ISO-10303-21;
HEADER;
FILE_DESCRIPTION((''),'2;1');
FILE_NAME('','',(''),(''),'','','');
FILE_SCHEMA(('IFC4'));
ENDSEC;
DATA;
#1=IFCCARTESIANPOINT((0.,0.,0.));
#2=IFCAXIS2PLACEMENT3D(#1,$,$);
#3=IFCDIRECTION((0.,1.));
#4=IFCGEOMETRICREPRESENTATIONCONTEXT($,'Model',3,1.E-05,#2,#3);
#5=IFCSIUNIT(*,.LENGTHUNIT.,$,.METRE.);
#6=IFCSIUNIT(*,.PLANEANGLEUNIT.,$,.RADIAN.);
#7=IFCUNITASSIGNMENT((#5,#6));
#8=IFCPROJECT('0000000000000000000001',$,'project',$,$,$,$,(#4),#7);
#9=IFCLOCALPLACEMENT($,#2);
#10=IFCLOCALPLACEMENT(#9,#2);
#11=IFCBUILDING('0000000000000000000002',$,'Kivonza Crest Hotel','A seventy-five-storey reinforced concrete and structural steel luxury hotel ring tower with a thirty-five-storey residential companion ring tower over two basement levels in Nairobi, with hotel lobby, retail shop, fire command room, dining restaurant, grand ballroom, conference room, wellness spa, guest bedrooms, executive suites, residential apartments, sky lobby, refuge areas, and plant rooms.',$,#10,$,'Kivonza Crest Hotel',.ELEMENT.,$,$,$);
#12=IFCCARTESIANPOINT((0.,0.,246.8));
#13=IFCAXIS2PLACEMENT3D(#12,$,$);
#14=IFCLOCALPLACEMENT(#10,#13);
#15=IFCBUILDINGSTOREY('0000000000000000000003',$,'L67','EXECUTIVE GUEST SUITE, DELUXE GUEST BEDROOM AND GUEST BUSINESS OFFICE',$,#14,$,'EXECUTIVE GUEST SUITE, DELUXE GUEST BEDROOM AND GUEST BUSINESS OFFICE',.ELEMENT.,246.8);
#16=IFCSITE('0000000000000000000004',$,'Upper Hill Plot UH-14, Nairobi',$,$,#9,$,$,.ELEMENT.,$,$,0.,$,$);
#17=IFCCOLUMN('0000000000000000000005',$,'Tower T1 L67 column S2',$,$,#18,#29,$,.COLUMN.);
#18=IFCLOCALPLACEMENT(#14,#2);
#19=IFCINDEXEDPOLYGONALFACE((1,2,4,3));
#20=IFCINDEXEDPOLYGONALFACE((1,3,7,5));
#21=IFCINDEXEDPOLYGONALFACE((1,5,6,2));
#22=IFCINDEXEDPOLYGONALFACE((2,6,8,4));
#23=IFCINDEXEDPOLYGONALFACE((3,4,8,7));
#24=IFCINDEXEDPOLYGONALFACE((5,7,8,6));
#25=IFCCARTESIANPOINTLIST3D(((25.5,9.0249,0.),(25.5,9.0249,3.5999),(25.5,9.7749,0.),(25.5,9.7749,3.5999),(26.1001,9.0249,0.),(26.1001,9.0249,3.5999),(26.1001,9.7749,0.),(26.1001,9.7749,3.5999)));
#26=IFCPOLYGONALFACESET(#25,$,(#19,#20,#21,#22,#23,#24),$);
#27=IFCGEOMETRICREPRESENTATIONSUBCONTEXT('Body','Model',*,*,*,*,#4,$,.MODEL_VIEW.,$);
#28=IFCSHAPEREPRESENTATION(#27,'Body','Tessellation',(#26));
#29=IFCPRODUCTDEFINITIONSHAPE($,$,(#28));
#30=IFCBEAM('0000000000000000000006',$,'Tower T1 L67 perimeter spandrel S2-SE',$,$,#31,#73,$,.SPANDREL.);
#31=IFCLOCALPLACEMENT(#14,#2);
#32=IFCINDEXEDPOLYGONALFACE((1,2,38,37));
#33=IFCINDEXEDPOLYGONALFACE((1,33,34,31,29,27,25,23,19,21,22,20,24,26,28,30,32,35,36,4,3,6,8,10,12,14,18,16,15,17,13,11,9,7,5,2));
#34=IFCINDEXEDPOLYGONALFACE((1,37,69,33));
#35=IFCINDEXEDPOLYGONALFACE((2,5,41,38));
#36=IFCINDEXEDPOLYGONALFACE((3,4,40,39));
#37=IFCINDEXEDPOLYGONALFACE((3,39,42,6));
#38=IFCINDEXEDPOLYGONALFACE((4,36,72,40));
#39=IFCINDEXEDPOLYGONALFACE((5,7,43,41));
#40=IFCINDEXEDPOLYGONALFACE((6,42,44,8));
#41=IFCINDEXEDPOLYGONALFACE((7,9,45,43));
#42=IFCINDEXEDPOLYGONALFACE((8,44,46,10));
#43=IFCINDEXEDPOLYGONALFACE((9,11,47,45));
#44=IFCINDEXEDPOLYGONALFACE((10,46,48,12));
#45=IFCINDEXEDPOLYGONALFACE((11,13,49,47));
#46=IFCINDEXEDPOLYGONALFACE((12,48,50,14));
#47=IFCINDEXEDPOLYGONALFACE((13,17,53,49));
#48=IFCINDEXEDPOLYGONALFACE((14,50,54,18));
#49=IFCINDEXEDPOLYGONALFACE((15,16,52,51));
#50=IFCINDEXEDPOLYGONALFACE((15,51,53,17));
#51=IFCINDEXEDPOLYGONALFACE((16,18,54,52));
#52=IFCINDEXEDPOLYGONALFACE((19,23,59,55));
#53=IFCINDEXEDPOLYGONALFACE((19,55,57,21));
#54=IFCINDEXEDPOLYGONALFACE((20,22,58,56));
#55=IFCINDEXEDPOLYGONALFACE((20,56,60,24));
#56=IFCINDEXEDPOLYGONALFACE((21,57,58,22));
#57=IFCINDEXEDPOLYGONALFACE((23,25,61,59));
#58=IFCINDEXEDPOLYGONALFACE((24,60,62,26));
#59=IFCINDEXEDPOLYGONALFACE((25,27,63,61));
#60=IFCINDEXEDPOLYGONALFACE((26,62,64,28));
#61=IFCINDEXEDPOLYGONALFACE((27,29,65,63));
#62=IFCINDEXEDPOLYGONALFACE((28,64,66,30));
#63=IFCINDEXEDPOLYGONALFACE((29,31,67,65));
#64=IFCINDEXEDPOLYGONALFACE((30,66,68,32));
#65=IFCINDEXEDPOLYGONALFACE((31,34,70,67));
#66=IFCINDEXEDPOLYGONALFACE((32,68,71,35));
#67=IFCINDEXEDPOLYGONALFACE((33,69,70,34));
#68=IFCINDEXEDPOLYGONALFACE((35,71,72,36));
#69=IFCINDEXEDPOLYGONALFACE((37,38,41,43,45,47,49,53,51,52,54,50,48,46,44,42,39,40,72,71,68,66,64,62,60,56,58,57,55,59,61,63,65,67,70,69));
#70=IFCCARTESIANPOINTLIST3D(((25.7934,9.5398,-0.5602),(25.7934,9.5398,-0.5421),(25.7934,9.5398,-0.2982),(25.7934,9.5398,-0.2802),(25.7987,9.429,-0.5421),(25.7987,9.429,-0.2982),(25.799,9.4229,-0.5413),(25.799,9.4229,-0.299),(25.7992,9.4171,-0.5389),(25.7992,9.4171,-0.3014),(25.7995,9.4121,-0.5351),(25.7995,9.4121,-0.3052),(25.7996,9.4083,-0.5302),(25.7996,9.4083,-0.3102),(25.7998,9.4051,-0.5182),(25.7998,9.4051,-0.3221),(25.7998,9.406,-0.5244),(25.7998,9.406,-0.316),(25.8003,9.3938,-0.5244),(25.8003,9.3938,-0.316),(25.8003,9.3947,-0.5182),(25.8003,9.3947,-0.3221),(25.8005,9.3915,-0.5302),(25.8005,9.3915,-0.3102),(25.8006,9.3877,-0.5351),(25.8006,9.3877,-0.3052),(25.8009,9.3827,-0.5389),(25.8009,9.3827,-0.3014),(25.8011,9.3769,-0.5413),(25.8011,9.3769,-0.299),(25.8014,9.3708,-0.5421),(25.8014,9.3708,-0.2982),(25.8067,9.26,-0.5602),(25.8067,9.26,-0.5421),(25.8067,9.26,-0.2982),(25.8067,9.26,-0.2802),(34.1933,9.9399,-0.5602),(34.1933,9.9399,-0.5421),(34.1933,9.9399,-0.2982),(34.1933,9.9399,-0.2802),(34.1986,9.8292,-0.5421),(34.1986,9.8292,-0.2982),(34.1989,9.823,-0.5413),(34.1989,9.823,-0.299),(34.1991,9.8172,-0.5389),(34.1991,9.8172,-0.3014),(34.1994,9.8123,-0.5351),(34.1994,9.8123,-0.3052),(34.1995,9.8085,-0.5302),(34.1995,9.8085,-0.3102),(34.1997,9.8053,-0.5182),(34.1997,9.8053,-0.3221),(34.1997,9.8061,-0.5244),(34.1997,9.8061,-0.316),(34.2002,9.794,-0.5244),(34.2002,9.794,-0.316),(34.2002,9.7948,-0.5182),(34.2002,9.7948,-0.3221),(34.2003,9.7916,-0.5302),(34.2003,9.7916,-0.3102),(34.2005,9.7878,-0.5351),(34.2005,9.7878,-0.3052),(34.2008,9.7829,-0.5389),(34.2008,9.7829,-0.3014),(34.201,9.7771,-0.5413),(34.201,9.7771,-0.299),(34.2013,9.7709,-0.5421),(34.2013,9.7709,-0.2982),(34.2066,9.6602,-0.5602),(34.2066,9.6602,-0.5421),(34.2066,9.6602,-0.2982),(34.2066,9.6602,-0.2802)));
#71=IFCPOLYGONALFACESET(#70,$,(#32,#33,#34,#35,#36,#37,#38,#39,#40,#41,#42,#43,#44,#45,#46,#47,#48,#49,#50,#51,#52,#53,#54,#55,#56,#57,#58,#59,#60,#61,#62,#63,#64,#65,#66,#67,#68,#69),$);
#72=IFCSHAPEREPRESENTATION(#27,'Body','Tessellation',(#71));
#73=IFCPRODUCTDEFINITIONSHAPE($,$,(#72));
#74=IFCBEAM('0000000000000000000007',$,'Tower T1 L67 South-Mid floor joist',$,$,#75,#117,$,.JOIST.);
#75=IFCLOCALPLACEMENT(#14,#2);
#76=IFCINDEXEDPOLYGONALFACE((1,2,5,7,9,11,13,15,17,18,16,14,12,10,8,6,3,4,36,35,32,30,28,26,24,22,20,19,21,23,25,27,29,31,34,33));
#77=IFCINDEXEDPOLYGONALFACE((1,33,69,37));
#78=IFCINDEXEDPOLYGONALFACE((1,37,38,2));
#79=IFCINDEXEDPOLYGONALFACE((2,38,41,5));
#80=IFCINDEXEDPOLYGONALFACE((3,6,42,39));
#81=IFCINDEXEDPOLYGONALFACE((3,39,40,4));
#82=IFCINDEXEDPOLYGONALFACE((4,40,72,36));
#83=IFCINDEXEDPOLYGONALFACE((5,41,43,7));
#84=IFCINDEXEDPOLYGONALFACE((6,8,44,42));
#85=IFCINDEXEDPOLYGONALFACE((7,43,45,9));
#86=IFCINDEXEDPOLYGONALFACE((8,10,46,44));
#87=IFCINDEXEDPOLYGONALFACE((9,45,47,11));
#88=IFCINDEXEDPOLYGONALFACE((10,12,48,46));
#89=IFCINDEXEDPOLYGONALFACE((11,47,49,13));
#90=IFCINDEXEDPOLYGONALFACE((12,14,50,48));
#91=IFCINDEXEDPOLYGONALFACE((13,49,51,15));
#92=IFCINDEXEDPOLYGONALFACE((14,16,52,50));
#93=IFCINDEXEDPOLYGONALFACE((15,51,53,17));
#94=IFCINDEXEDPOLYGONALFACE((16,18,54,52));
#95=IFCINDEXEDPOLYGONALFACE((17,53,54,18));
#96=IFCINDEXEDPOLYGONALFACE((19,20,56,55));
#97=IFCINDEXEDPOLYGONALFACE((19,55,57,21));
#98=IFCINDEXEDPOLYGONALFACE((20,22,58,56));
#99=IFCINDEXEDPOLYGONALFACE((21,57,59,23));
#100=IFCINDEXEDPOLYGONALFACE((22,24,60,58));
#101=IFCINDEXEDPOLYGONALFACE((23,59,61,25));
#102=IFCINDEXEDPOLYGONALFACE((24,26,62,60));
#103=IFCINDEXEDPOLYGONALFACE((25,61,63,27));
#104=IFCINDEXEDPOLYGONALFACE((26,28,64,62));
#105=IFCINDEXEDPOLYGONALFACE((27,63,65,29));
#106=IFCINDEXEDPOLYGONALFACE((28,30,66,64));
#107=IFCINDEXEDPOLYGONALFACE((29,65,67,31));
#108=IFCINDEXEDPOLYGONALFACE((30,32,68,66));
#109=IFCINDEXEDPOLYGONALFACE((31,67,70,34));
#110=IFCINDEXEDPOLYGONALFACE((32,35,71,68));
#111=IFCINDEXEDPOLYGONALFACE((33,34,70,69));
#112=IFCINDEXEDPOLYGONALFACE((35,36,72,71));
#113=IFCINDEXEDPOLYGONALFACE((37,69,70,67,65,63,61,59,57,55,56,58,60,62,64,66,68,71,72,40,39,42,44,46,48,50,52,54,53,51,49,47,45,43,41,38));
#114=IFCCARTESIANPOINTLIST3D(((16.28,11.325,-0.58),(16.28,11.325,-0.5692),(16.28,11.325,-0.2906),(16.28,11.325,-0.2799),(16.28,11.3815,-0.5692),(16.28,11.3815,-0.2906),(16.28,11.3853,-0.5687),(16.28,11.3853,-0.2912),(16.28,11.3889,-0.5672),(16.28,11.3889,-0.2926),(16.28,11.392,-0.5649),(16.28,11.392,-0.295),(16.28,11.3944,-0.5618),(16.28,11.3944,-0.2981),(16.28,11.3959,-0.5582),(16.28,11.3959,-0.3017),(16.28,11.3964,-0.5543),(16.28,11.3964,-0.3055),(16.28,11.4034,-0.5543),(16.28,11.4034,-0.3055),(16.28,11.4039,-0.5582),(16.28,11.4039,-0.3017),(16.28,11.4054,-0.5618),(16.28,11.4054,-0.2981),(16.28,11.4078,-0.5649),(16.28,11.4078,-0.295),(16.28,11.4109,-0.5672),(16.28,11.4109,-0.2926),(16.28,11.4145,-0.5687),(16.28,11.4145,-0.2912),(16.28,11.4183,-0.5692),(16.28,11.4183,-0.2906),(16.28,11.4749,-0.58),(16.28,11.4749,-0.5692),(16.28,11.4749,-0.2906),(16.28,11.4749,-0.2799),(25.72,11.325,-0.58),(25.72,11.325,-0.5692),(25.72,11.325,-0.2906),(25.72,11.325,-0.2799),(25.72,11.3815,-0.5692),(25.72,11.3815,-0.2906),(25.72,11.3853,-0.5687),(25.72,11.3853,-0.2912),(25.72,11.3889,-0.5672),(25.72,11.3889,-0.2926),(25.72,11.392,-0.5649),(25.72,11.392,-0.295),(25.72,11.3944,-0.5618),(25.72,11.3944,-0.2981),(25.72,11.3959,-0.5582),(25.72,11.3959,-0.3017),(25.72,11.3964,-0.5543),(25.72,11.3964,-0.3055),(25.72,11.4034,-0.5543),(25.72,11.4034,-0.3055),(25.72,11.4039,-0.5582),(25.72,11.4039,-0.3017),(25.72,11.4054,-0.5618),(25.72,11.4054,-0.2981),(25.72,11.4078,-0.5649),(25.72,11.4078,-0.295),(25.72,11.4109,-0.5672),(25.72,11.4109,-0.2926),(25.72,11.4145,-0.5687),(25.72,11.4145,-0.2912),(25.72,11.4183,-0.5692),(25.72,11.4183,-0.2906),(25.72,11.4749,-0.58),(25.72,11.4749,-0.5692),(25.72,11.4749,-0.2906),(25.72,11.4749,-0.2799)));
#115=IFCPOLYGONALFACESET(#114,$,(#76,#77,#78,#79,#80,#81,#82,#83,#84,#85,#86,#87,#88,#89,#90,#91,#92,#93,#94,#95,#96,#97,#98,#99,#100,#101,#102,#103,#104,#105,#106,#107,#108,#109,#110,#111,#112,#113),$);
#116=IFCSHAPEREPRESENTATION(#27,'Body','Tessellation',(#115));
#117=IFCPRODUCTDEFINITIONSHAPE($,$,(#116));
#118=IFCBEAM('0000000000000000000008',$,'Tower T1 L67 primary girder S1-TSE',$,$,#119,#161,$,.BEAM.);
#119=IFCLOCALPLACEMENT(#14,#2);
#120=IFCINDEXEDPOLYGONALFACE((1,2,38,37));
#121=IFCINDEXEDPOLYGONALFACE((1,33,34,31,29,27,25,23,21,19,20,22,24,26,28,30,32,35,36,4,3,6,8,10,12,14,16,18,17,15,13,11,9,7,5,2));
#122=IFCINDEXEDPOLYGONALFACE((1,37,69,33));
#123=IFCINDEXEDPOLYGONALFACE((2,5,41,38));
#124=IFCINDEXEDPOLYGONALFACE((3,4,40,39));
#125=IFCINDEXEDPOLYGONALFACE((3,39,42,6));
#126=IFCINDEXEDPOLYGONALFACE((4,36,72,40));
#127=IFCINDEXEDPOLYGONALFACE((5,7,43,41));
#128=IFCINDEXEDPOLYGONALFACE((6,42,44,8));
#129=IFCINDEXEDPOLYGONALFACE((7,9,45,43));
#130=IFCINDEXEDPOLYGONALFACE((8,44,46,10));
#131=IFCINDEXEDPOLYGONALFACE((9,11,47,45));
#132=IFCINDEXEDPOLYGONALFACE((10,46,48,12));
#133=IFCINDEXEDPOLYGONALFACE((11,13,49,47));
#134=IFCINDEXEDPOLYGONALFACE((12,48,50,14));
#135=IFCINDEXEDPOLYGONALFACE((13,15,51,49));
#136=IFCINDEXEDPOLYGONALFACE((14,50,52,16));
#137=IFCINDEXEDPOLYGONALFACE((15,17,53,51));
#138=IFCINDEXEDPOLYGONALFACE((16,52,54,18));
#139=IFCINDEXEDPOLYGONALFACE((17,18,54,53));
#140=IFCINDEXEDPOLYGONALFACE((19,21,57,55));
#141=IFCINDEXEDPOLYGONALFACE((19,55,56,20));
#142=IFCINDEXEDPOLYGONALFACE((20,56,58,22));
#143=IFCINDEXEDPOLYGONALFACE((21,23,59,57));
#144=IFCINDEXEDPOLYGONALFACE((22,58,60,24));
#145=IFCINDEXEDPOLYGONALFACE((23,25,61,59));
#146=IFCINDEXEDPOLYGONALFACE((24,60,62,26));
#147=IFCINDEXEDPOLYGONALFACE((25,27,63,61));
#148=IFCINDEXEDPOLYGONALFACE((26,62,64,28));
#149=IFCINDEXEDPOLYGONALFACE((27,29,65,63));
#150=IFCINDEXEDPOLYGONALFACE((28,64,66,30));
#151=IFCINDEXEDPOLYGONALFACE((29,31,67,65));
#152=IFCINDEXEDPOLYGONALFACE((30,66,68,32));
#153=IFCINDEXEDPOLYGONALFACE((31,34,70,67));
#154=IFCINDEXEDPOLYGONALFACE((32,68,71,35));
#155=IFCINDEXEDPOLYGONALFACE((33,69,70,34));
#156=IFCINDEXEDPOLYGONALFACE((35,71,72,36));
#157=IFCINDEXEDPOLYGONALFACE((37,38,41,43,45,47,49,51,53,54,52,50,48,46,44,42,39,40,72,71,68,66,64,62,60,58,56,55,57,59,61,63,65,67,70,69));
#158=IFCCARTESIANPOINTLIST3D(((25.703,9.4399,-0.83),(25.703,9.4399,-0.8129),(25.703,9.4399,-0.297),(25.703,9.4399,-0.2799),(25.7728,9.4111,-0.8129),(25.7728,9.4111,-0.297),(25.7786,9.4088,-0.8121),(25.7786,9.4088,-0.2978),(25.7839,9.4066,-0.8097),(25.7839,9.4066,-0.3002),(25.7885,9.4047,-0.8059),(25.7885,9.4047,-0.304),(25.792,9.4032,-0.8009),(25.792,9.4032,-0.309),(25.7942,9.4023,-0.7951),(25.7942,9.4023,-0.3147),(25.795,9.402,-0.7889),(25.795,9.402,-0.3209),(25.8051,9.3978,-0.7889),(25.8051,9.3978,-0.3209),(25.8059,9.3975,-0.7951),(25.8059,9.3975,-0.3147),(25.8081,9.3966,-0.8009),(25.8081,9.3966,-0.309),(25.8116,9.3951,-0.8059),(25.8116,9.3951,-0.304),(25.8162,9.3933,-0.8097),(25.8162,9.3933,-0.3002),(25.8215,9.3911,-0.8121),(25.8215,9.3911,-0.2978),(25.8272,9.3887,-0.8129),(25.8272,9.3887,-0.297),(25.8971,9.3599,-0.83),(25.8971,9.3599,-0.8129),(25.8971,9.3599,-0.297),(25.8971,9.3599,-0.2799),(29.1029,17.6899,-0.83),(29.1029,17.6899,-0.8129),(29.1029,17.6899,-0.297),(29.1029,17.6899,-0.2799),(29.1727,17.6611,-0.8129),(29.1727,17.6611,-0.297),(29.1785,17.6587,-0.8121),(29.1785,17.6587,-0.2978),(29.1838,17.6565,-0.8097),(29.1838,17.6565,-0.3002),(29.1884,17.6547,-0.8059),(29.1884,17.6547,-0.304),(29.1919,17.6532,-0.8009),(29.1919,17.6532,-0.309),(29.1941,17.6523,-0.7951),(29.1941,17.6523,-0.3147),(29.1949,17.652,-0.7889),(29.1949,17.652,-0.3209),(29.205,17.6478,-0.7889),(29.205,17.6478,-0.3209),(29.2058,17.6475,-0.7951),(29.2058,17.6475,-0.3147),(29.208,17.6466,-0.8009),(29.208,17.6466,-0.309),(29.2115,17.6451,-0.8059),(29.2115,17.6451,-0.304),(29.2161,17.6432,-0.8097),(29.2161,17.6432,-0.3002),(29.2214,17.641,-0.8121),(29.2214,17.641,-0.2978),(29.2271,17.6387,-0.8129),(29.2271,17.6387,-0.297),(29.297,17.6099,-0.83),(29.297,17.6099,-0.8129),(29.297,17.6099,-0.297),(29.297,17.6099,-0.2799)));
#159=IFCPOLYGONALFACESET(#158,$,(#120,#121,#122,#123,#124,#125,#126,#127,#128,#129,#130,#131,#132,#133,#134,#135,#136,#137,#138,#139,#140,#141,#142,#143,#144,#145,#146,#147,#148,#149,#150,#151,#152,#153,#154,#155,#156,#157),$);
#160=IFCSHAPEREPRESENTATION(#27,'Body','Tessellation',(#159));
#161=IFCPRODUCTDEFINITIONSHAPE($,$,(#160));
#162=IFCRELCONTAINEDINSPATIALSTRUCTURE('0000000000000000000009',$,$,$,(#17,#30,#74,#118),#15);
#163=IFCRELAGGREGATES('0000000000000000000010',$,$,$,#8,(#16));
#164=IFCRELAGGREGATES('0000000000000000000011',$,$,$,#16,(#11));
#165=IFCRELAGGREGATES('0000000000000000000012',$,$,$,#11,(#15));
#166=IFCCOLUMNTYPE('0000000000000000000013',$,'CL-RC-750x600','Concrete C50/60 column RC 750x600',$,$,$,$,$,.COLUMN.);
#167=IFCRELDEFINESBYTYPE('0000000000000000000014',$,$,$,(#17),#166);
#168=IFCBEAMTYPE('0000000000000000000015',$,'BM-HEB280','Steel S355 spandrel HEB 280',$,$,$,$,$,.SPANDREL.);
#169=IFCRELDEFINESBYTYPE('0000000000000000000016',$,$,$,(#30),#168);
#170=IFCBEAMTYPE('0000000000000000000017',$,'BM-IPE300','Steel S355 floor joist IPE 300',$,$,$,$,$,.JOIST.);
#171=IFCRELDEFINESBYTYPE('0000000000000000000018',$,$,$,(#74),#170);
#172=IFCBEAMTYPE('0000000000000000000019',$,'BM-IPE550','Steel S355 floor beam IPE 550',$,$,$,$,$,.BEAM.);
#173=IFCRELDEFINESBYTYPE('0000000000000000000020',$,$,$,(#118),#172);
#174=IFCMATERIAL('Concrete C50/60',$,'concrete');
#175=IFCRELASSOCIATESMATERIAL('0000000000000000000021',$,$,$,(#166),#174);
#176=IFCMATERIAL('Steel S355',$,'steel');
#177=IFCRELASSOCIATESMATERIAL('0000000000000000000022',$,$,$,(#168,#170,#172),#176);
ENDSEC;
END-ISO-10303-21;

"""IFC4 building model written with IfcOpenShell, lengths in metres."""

from ifc_helpers import new_model, si_unit, direction, frame, origin, origin_2d, place, context, subcontext, project, spatial, rectangle, i_section, extrude, material, material_profile, profile_set, type_object, element, save


model = new_model("IFC4")

# Units and contexts
model_context = context("Model", 3, precision=1e-05, world=origin(), true_north=direction((0.0, 1.0)))
body_context = subcontext(model_context, "Body", "Model", "MODEL_VIEW")
ifc_project = project(units=[si_unit("LENGTHUNIT", "METRE"), si_unit("PLANEANGLEUNIT", "RADIAN")], contexts=[model_context])

# Site, building, storey
site_placement = place(None, origin())
site = spatial("IfcSite", under=ifc_project, at=site_placement, Name="Upper Hill Plot UH-14, Nairobi", CompositionType="ELEMENT", RefElevation=0.0)
building_placement = place(site_placement, origin())
building = spatial("IfcBuilding", under=site, at=building_placement, Name="Kivonza Crest Hotel", Description="A seventy-five-storey reinforced concrete and structural steel luxury hotel ring tower with a thirty-five-storey residential companion ring tower over two basement levels in Nairobi, with hotel lobby, retail shop, fire command room, dining restaurant, grand ballroom, conference room, wellness spa, guest bedrooms, executive suites, residential apartments, sky lobby, refuge areas, and plant rooms.", LongName="Kivonza Crest Hotel", CompositionType="ELEMENT")
storey_placement = place(building_placement, frame((0.0, 0.0, 246.8)))
storey = spatial("IfcBuildingStorey", under=building, at=storey_placement, Name="L67", Description="EXECUTIVE GUEST SUITE, DELUXE GUEST BEDROOM AND GUEST BUSINESS OFFICE", LongName="EXECUTIVE GUEST SUITE, DELUXE GUEST BEDROOM AND GUEST BUSINESS OFFICE", CompositionType="ELEMENT", Elevation=246.8)

# Column
ifc_material_1 = material(Name="Concrete C50/60", Category="concrete")
ifc_material_profile_1 = material_profile(ifc_material_1, rectangle(XDim=0.6001, YDim=0.75, at=origin_2d()), Name="RC 750x600")
ifc_profile_set_1 = profile_set([ifc_material_profile_1], Name="Concrete C50/60")
column_type = type_object("IfcColumnType", Name="CL-RC-750x600", Description="Concrete C50/60 column RC 750x600", PredefinedType="COLUMN", material=ifc_profile_set_1)
column_placement = place(storey_placement, frame((25.8, 9.3999, 0.0), z_axis=(0.0, 0.0, 1.0), x_axis=(1.0, 0.0, 0.0)))
element("IfcColumn", 1, at=column_placement, inside=storey, type_object=column_type, Name="Tower T1 L67 column S2", PredefinedType="COLUMN", context=body_context, shape_type="SweptSolid", body=[
    extrude(rectangle(XDim=0.6001, YDim=0.75, at=origin_2d()), origin(), (0.0, 0.0, 1.0), 3.5999),
])

# Beams
ifc_material_2 = material(Name="Steel S355", Category="steel")
ifc_material_profile_2 = material_profile(ifc_material_2, i_section(OverallWidth=0.28, OverallDepth=0.28, WebThickness=0.0105, FlangeThickness=0.0181, FilletRadius=0.0239, at=origin_2d()), Name="HEB 280")
ifc_profile_set_2 = profile_set([ifc_material_profile_2], Name="Steel S355")
beam_type_1 = type_object("IfcBeamType", Name="BM-HEB280", Description="Steel S355 spandrel HEB 280", PredefinedType="SPANDREL", material=ifc_profile_set_2)
beam_1_placement = place(storey_placement, frame((25.8, 9.3999, -0.4202), z_axis=(0.998867, 0.047583, 0.0), x_axis=(-0.047583, 0.998867, 0.0)))
element("IfcBeam", 2, at=beam_1_placement, inside=storey, type_object=beam_type_1, Name="Tower T1 L67 perimeter spandrel S2-SE", PredefinedType="SPANDREL", context=body_context, shape_type="SweptSolid", body=[
    extrude(i_section(OverallWidth=0.28, OverallDepth=0.28, WebThickness=0.0105, FlangeThickness=0.0181, FilletRadius=0.0239, at=origin_2d()), origin(), (0.0, 0.0, 1.0), 8.4094),
])
ifc_material_profile_3 = material_profile(ifc_material_2, i_section(OverallWidth=0.1499, OverallDepth=0.3, WebThickness=0.0071, FlangeThickness=0.0107, FilletRadius=0.0149, at=origin_2d()), Name="IPE 300")
ifc_profile_set_3 = profile_set([ifc_material_profile_3], Name="Steel S355")
beam_type_2 = type_object("IfcBeamType", Name="BM-IPE300", Description="Steel S355 floor joist IPE 300", PredefinedType="JOIST", material=ifc_profile_set_3)
beam_2_placement = place(storey_placement, frame((16.28, 11.3999, -0.4299), z_axis=(1.0, 0.0, 0.0), x_axis=(0.0, 1.0, 0.0)))
element("IfcBeam", 3, at=beam_2_placement, inside=storey, type_object=beam_type_2, Name="Tower T1 L67 South-Mid floor joist", PredefinedType="JOIST", context=body_context, shape_type="SweptSolid", body=[
    extrude(i_section(OverallWidth=0.1499, OverallDepth=0.3, WebThickness=0.0071, FlangeThickness=0.0107, FilletRadius=0.0149, at=origin_2d()), origin(), (0.0, 0.0, 1.0), 9.4399),
])
ifc_material_profile_4 = material_profile(ifc_material_2, i_section(OverallWidth=0.21, OverallDepth=0.55, WebThickness=0.011, FlangeThickness=0.0171, FilletRadius=0.0239, at=origin_2d()), Name="IPE 550")
ifc_profile_set_4 = profile_set([ifc_material_profile_4], Name="Steel S355")
beam_type_3 = type_object("IfcBeamType", Name="BM-IPE550", Description="Steel S355 floor beam IPE 550", PredefinedType="BEAM", material=ifc_profile_set_4)
beam_3_placement = place(storey_placement, frame((25.8, 9.3999, -0.5549), z_axis=(0.381022, 0.924566, 0.0), x_axis=(-0.924566, 0.381022, 0.0)))
element("IfcBeam", 4, at=beam_3_placement, inside=storey, type_object=beam_type_3, Name="Tower T1 L67 primary girder S1-TSE", PredefinedType="BEAM", context=body_context, shape_type="SweptSolid", body=[
    extrude(i_section(OverallWidth=0.21, OverallDepth=0.55, WebThickness=0.011, FlangeThickness=0.0171, FilletRadius=0.0239, at=origin_2d()), origin(), (0.0, 0.0, 1.0), 8.9231),
])

save(model, "model.ifc")
